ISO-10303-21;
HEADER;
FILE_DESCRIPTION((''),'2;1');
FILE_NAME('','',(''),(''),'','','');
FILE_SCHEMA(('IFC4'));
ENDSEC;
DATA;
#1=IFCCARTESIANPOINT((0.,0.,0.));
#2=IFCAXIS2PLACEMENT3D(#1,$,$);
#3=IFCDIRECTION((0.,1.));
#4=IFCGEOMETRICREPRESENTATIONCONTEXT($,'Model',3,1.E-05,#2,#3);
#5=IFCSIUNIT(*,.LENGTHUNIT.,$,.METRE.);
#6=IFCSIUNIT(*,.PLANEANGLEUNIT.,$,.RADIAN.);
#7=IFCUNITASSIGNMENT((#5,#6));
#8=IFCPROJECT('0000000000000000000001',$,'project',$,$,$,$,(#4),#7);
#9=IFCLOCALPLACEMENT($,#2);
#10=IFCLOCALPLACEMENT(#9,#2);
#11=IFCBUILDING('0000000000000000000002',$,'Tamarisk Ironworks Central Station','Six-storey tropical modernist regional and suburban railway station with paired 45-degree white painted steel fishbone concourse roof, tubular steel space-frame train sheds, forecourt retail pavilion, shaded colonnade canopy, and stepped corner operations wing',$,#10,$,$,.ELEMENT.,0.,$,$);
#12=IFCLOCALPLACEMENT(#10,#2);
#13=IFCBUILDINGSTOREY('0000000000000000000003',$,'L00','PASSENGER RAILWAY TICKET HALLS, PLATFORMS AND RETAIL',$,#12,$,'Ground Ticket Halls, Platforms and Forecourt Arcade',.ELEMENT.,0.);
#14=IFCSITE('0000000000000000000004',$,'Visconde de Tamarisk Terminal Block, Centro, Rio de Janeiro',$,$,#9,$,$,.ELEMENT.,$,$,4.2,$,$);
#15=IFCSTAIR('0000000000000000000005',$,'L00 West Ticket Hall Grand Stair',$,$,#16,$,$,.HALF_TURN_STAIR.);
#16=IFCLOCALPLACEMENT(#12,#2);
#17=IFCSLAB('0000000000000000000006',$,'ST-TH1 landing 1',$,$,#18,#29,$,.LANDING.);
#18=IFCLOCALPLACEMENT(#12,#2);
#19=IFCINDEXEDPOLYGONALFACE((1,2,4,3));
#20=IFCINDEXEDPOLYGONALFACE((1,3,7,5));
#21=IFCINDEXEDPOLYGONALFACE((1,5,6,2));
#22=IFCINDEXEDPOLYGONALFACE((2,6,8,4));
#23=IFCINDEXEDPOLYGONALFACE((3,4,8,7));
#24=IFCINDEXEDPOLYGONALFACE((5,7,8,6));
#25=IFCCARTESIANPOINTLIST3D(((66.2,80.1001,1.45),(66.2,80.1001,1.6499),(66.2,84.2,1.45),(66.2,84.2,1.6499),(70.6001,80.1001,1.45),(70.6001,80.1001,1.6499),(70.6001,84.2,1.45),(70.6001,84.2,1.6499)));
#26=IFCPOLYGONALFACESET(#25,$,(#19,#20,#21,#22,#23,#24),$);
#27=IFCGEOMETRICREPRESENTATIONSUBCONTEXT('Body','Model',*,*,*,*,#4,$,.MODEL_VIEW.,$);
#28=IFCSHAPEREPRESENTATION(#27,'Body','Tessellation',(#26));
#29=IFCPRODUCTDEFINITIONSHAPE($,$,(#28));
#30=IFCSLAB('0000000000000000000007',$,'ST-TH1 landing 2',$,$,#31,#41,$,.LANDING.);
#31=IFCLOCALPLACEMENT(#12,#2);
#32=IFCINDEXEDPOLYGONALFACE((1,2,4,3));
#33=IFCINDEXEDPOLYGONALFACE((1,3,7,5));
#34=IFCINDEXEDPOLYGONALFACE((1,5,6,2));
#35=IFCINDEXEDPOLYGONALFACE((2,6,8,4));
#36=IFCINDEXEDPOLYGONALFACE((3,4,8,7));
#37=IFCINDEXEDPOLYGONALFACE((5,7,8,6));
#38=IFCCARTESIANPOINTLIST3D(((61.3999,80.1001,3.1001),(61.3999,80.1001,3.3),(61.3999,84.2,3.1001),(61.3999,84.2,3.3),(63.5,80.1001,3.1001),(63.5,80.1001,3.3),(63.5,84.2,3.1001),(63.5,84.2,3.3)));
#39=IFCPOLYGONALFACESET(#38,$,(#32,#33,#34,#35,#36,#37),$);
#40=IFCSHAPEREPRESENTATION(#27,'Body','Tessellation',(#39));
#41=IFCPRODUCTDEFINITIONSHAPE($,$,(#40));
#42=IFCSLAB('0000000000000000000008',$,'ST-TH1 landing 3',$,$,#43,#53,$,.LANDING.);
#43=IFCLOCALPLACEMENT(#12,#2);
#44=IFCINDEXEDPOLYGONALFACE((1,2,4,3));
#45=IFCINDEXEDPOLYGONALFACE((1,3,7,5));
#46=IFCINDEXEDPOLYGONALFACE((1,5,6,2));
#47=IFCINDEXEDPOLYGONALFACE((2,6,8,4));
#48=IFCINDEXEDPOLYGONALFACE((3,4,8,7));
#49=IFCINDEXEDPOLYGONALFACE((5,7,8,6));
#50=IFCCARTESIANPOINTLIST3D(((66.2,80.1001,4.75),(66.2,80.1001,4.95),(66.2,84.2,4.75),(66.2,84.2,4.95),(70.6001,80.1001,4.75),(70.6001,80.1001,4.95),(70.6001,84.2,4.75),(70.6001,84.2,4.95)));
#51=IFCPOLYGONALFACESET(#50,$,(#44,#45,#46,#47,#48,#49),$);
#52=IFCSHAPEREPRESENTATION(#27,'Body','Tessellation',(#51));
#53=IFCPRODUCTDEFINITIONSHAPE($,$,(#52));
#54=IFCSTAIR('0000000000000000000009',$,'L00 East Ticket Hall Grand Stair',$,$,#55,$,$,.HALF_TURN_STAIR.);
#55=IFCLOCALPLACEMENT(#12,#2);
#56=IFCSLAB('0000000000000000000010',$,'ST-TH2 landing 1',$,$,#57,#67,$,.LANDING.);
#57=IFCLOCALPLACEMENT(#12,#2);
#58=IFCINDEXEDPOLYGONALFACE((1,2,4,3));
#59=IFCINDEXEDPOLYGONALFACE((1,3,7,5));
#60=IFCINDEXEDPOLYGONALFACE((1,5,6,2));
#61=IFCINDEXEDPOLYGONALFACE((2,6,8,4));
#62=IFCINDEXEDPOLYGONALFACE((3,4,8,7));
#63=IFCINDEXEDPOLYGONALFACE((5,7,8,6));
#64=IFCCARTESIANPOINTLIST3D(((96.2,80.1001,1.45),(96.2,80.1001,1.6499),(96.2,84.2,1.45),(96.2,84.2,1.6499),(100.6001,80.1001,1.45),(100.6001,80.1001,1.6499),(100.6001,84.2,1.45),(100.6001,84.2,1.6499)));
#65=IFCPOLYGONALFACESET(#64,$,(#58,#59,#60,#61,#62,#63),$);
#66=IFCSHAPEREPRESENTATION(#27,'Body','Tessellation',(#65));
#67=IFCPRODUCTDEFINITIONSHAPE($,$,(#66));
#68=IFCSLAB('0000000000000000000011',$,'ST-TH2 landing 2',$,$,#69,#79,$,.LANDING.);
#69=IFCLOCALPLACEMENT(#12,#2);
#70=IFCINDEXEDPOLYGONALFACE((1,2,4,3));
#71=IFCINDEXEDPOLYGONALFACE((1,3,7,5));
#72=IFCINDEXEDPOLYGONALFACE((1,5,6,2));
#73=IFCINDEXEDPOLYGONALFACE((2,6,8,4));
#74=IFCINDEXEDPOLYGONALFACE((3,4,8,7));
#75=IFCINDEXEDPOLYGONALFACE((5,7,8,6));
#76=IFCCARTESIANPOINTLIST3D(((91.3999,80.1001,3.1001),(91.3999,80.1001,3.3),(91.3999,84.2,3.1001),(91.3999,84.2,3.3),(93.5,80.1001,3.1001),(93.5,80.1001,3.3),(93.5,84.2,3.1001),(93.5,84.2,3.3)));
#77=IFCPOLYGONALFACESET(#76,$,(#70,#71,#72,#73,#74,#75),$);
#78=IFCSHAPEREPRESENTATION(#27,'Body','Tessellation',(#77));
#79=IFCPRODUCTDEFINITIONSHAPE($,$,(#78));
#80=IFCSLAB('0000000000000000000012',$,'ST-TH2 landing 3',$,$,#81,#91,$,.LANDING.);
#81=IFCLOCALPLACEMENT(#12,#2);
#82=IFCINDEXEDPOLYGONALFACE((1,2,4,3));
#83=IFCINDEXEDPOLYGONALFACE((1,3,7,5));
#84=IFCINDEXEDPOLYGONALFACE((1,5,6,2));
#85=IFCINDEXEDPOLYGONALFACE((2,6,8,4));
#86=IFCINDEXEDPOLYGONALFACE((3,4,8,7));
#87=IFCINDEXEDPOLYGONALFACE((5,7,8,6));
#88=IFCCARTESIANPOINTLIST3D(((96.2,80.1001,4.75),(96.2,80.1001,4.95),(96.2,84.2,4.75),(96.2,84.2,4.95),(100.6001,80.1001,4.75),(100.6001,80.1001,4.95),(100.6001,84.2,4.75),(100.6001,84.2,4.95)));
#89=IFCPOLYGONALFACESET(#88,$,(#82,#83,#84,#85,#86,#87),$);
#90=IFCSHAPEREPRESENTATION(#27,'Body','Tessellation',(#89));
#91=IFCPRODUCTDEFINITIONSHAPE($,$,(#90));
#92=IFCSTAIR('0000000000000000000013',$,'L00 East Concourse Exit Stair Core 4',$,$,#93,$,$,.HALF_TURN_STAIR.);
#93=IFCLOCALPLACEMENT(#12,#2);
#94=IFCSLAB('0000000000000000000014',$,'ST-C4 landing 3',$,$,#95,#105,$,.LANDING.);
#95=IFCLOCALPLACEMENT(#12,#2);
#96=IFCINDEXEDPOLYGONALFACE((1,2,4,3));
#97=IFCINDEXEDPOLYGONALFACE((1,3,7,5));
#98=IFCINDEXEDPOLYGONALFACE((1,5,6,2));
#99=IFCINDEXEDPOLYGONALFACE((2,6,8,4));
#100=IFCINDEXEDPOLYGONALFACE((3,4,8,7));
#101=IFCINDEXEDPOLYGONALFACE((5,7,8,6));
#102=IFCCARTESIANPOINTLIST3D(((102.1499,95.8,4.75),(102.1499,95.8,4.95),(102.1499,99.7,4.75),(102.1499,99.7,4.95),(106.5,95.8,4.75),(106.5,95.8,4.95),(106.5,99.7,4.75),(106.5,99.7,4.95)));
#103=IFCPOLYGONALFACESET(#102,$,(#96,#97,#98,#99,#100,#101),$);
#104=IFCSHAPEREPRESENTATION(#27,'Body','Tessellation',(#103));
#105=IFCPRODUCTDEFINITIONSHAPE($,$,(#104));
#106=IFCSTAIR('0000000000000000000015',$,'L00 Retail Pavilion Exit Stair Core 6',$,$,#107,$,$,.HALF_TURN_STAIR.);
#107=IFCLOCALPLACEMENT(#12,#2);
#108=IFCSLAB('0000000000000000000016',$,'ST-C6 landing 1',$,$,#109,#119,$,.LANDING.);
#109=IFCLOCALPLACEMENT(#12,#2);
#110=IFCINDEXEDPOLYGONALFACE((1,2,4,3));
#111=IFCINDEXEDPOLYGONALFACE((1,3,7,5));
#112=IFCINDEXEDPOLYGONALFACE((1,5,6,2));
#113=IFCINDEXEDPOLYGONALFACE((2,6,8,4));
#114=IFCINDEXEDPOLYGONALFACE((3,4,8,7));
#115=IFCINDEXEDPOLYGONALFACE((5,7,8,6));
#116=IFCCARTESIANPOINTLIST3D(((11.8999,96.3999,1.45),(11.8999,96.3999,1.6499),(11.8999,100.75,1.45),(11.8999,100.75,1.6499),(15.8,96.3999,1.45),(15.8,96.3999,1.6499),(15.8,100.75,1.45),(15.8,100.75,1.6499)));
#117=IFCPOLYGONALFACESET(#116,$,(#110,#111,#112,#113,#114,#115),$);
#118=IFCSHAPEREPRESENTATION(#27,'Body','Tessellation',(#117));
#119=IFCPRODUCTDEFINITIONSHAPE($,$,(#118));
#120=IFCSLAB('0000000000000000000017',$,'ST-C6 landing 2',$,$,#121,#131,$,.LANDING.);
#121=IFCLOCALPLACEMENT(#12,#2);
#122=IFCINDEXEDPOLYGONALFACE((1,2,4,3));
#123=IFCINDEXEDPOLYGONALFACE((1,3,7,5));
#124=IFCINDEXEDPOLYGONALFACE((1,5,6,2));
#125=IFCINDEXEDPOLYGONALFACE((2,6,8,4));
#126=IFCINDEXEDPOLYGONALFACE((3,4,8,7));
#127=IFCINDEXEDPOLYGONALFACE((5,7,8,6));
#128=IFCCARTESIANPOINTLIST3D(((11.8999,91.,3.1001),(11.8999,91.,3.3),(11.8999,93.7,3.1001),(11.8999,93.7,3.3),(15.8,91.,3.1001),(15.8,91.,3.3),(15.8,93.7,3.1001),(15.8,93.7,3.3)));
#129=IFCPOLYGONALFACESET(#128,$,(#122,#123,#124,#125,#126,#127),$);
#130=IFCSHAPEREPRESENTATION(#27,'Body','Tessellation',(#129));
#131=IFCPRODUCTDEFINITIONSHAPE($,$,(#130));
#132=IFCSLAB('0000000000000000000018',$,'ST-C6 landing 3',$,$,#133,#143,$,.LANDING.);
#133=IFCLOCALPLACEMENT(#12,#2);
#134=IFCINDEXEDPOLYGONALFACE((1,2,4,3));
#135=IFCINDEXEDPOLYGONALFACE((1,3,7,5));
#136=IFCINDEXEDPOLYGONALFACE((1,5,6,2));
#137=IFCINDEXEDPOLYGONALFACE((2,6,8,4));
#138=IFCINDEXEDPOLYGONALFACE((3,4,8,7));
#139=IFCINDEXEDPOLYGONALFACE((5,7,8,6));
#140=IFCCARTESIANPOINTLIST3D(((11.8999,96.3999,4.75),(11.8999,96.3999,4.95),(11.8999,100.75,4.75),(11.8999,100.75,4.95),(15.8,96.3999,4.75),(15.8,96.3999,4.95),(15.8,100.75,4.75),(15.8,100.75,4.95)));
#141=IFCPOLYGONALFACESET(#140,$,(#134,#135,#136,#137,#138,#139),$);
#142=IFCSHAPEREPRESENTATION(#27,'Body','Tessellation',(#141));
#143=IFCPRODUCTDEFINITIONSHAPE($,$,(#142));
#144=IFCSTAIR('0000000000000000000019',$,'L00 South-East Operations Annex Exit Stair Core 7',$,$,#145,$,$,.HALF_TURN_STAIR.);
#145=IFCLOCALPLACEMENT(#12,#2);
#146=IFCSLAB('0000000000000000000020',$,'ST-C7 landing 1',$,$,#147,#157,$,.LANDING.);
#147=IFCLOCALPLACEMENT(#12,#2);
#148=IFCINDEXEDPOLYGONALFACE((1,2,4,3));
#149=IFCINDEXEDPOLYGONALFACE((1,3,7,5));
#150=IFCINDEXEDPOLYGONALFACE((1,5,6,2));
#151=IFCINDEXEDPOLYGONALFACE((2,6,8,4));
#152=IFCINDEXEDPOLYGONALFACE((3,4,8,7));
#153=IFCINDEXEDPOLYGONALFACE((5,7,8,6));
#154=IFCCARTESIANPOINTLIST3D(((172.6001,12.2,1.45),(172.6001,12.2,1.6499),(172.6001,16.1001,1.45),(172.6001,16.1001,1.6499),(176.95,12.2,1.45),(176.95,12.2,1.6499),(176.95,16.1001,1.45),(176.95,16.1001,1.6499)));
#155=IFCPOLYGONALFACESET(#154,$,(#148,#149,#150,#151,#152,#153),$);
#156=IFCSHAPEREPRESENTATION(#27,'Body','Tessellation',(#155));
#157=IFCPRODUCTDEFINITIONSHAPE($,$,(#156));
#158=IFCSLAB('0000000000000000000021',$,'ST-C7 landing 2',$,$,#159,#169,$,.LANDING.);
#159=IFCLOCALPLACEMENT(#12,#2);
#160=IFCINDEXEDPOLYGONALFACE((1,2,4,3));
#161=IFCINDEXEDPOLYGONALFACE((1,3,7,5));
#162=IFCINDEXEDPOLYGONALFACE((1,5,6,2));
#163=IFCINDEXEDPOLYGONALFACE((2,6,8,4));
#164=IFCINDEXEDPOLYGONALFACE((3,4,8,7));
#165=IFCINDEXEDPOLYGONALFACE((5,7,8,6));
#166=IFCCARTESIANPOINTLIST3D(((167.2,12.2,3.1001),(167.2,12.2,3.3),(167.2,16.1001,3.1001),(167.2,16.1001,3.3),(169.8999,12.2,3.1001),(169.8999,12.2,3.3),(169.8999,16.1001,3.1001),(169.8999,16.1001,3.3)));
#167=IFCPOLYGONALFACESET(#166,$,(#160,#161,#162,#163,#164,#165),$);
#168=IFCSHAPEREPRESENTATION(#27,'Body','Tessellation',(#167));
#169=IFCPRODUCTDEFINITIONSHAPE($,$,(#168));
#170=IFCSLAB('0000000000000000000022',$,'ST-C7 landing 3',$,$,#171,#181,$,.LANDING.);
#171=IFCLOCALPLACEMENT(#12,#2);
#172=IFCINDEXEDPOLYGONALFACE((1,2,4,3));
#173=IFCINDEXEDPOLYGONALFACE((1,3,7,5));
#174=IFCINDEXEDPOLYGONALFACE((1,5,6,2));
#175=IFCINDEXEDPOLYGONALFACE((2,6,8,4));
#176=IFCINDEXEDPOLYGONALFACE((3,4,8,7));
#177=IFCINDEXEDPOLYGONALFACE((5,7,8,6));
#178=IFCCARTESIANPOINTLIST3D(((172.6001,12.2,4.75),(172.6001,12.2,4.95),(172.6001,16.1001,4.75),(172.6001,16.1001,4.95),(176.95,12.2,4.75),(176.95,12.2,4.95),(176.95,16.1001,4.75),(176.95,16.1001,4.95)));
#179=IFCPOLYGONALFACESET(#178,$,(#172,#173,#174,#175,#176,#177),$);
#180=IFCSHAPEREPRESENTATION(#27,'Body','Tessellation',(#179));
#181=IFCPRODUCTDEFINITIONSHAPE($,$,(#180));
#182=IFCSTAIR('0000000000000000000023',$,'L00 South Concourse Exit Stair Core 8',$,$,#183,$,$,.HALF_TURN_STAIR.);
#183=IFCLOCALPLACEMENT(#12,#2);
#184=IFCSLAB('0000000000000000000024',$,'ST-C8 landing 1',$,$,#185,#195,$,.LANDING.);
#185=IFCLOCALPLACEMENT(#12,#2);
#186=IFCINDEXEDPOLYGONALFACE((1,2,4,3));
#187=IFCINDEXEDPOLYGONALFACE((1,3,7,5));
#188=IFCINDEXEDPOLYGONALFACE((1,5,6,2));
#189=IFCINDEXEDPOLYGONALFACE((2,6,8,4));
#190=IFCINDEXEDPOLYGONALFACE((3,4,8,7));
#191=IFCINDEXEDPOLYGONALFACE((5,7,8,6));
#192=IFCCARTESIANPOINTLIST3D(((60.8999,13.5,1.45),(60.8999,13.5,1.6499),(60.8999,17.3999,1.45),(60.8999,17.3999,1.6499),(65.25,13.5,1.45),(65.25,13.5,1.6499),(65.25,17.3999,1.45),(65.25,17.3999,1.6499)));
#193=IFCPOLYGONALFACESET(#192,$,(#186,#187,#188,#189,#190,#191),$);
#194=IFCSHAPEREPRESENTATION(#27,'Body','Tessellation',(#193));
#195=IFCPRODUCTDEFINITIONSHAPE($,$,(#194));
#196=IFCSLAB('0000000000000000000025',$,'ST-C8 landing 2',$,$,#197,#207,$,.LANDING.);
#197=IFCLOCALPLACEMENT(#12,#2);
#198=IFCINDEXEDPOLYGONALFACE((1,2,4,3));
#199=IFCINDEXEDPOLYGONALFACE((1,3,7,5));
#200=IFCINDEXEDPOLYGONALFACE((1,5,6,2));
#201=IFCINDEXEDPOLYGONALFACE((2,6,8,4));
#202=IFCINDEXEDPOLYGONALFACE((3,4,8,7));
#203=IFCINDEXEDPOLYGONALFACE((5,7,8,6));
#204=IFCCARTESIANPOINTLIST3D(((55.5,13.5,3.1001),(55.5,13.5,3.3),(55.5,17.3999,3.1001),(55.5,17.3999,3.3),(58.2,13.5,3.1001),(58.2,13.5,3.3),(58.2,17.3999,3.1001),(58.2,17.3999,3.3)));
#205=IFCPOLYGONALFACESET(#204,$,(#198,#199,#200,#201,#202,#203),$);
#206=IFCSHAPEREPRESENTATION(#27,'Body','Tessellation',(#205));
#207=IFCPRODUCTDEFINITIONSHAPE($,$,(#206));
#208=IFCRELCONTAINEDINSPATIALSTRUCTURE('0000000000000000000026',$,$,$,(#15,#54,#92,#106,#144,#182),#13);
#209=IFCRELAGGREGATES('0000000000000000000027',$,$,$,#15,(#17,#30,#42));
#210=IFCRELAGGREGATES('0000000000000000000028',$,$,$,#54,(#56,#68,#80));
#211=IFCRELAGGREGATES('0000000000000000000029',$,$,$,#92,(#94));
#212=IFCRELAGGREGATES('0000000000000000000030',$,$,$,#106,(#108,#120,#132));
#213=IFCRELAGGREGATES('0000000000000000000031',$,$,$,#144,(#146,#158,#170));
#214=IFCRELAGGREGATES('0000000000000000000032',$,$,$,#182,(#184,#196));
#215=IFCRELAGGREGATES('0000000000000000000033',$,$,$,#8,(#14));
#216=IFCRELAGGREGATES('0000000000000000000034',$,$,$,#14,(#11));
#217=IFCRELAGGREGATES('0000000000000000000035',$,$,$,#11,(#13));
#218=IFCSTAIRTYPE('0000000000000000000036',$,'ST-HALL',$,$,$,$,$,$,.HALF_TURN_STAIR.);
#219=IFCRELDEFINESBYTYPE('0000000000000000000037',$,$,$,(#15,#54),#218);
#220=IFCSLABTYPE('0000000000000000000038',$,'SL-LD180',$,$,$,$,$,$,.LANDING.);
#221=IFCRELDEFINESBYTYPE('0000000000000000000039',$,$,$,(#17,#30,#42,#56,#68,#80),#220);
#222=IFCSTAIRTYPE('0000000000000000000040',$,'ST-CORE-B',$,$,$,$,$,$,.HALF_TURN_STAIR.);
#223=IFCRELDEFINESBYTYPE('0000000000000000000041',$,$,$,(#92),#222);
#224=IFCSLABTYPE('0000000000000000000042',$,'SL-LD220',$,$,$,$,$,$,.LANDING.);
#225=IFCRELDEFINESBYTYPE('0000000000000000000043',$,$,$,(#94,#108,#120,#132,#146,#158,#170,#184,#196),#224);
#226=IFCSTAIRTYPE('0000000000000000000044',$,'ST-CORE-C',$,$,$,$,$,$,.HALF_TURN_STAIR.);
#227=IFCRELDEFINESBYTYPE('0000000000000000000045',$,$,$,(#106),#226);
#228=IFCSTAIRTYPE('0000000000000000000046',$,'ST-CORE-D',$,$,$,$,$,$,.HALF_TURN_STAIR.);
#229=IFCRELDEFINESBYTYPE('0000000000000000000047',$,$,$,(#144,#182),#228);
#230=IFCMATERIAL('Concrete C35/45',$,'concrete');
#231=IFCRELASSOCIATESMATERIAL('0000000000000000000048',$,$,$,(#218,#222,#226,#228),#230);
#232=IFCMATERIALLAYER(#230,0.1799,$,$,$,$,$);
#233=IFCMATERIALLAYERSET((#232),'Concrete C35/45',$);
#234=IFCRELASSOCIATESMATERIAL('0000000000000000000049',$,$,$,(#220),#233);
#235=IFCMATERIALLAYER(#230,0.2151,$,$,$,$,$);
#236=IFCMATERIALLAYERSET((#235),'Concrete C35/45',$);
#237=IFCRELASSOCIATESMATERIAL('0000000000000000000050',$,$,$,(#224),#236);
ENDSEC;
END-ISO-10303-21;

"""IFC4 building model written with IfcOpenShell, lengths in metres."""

from ifc_helpers import new_model, si_unit, direction, frame, origin, place, context, subcontext, project, spatial, polyline, outline, extrude, material, layer, layer_set, type_object, element, aggregate, save


model = new_model("IFC4")

# Units and contexts
model_context = context("Model", 3, precision=1e-05, world=origin(), true_north=direction((0.0, 1.0)))
body_context = subcontext(model_context, "Body", "Model", "MODEL_VIEW")
ifc_project = project(units=[si_unit("LENGTHUNIT", "METRE"), si_unit("PLANEANGLEUNIT", "RADIAN")], contexts=[model_context])

# Site, building, storey
site_placement = place(None, origin())
site = spatial("IfcSite", under=ifc_project, at=site_placement, Name="Visconde de Tamarisk Terminal Block, Centro, Rio de Janeiro", CompositionType="ELEMENT", RefElevation=4.2)
building_placement = place(site_placement, origin())
building = spatial("IfcBuilding", under=site, at=building_placement, Name="Tamarisk Ironworks Central Station", Description="Six-storey tropical modernist regional and suburban railway station with paired 45-degree white painted steel fishbone concourse roof, tubular steel space-frame train sheds, forecourt retail pavilion, shaded colonnade canopy, and stepped corner operations wing", CompositionType="ELEMENT", ElevationOfRefHeight=0.0)
storey_placement = place(building_placement, origin())
storey = spatial("IfcBuildingStorey", under=building, at=storey_placement, Name="L00", Description="PASSENGER RAILWAY TICKET HALLS, PLATFORMS AND RETAIL", LongName="Ground Ticket Halls, Platforms and Forecourt Arcade", CompositionType="ELEMENT", Elevation=0.0)

# Stairs, slabs
ifc_material = material(Name="Concrete C35/45", Category="concrete")
stair_type_1 = type_object("IfcStairType", Name="ST-HALL", PredefinedType="HALF_TURN_STAIR", material=ifc_material)
stair_1_placement = place(storey_placement, origin())
stair_1 = element("IfcStair", 1, at=stair_1_placement, inside=storey, type_object=stair_type_1, Name="L00 West Ticket Hall Grand Stair", PredefinedType="HALF_TURN_STAIR")
ifc_layer_1 = layer(ifc_material, 0.1799)
ifc_layer_set_1 = layer_set([ifc_layer_1], Name="Concrete C35/45")
slab_type_1 = type_object("IfcSlabType", Name="SL-LD180", PredefinedType="LANDING", material=ifc_layer_set_1)
slab_1_placement = place(storey_placement, frame((0.0, 0.0, 1.45)))
slab_1 = element("IfcSlab", 2, at=slab_1_placement, type_object=slab_type_1, Name="ST-TH1 landing 1", PredefinedType="LANDING", context=body_context, shape_type="SweptSolid", body=[
    extrude(outline(polyline([(66.2, 80.1001), (70.6001, 80.1001), (70.6001, 84.2), (66.2, 84.2), (66.2, 80.1001)])), origin(), (0.0, 0.0, 1.0), 0.2),
])
slab_2_placement = place(storey_placement, frame((0.0, 0.0, 3.1001)))
slab_2 = element("IfcSlab", 3, at=slab_2_placement, type_object=slab_type_1, Name="ST-TH1 landing 2", PredefinedType="LANDING", context=body_context, shape_type="SweptSolid", body=[
    extrude(outline(polyline([(61.3999, 80.1001), (63.5, 80.1001), (63.5, 84.2), (61.3999, 84.2), (61.3999, 80.1001)])), origin(), (0.0, 0.0, 1.0), 0.2),
])
slab_3_placement = place(storey_placement, frame((0.0, 0.0, 4.75)))
slab_3 = element("IfcSlab", 4, at=slab_3_placement, type_object=slab_type_1, Name="ST-TH1 landing 3", PredefinedType="LANDING", context=body_context, shape_type="SweptSolid", body=[
    extrude(outline(polyline([(66.2, 80.1001), (70.6001, 80.1001), (70.6001, 84.2), (66.2, 84.2), (66.2, 80.1001)])), origin(), (0.0, 0.0, 1.0), 0.2),
])
aggregate(stair_1, [slab_1, slab_2, slab_3])
stair_2_placement = place(storey_placement, origin())
stair_2 = element("IfcStair", 5, at=stair_2_placement, inside=storey, type_object=stair_type_1, Name="L00 East Ticket Hall Grand Stair", PredefinedType="HALF_TURN_STAIR")
slab_4_placement = place(storey_placement, frame((0.0, 0.0, 1.45)))
slab_4 = element("IfcSlab", 6, at=slab_4_placement, type_object=slab_type_1, Name="ST-TH2 landing 1", PredefinedType="LANDING", context=body_context, shape_type="SweptSolid", body=[
    extrude(outline(polyline([(96.2, 80.1001), (100.6001, 80.1001), (100.6001, 84.2), (96.2, 84.2), (96.2, 80.1001)])), origin(), (0.0, 0.0, 1.0), 0.2),
])
slab_5_placement = place(storey_placement, frame((0.0, 0.0, 3.1001)))
slab_5 = element("IfcSlab", 7, at=slab_5_placement, type_object=slab_type_1, Name="ST-TH2 landing 2", PredefinedType="LANDING", context=body_context, shape_type="SweptSolid", body=[
    extrude(outline(polyline([(91.3999, 80.1001), (93.5, 80.1001), (93.5, 84.2), (91.3999, 84.2), (91.3999, 80.1001)])), origin(), (0.0, 0.0, 1.0), 0.2),
])
slab_6_placement = place(storey_placement, frame((0.0, 0.0, 4.75)))
slab_6 = element("IfcSlab", 8, at=slab_6_placement, type_object=slab_type_1, Name="ST-TH2 landing 3", PredefinedType="LANDING", context=body_context, shape_type="SweptSolid", body=[
    extrude(outline(polyline([(96.2, 80.1001), (100.6001, 80.1001), (100.6001, 84.2), (96.2, 84.2), (96.2, 80.1001)])), origin(), (0.0, 0.0, 1.0), 0.2),
])
aggregate(stair_2, [slab_4, slab_5, slab_6])

# Stair, slab
stair_type_2 = type_object("IfcStairType", Name="ST-CORE-B", PredefinedType="HALF_TURN_STAIR", material=ifc_material)
stair_3_placement = place(storey_placement, origin())
stair_3 = element("IfcStair", 9, at=stair_3_placement, inside=storey, type_object=stair_type_2, Name="L00 East Concourse Exit Stair Core 4", PredefinedType="HALF_TURN_STAIR")
ifc_layer_2 = layer(ifc_material, 0.2151)
ifc_layer_set_2 = layer_set([ifc_layer_2], Name="Concrete C35/45")
slab_type_2 = type_object("IfcSlabType", Name="SL-LD220", PredefinedType="LANDING", material=ifc_layer_set_2)
slab_7_placement = place(storey_placement, frame((0.0, 0.0, 4.75)))
slab_7 = element("IfcSlab", 10, at=slab_7_placement, type_object=slab_type_2, Name="ST-C4 landing 3", PredefinedType="LANDING", context=body_context, shape_type="SweptSolid", body=[
    extrude(outline(polyline([(102.1499, 95.8), (106.5, 95.8), (106.5, 99.7), (102.1499, 99.7), (102.1499, 95.8)])), origin(), (0.0, 0.0, 1.0), 0.2),
])
aggregate(stair_3, [slab_7])

# Stairs, slabs
stair_type_3 = type_object("IfcStairType", Name="ST-CORE-C", PredefinedType="HALF_TURN_STAIR", material=ifc_material)
stair_4_placement = place(storey_placement, origin())
stair_4 = element("IfcStair", 11, at=stair_4_placement, inside=storey, type_object=stair_type_3, Name="L00 Retail Pavilion Exit Stair Core 6", PredefinedType="HALF_TURN_STAIR")
slab_8_placement = place(storey_placement, frame((0.0, 0.0, 1.45)))
slab_8 = element("IfcSlab", 12, at=slab_8_placement, type_object=slab_type_2, Name="ST-C6 landing 1", PredefinedType="LANDING", context=body_context, shape_type="SweptSolid", body=[
    extrude(outline(polyline([(15.8, 96.3999), (15.8, 100.75), (11.8999, 100.75), (11.8999, 96.3999), (15.8, 96.3999)])), origin(), (0.0, 0.0, 1.0), 0.2),
])
slab_9_placement = place(storey_placement, frame((0.0, 0.0, 3.1001)))
slab_9 = element("IfcSlab", 13, at=slab_9_placement, type_object=slab_type_2, Name="ST-C6 landing 2", PredefinedType="LANDING", context=body_context, shape_type="SweptSolid", body=[
    extrude(outline(polyline([(15.8, 91.0), (15.8, 93.7), (11.8999, 93.7), (11.8999, 91.0), (15.8, 91.0)])), origin(), (0.0, 0.0, 1.0), 0.2),
])
slab_10_placement = place(storey_placement, frame((0.0, 0.0, 4.75)))
slab_10 = element("IfcSlab", 14, at=slab_10_placement, type_object=slab_type_2, Name="ST-C6 landing 3", PredefinedType="LANDING", context=body_context, shape_type="SweptSolid", body=[
    extrude(outline(polyline([(15.8, 96.3999), (15.8, 100.75), (11.8999, 100.75), (11.8999, 96.3999), (15.8, 96.3999)])), origin(), (0.0, 0.0, 1.0), 0.2),
])
aggregate(stair_4, [slab_8, slab_9, slab_10])
stair_type_4 = type_object("IfcStairType", Name="ST-CORE-D", PredefinedType="HALF_TURN_STAIR", material=ifc_material)
stair_5_placement = place(storey_placement, origin())
stair_5 = element("IfcStair", 15, at=stair_5_placement, inside=storey, type_object=stair_type_4, Name="L00 South-East Operations Annex Exit Stair Core 7", PredefinedType="HALF_TURN_STAIR")
slab_11_placement = place(storey_placement, frame((0.0, 0.0, 1.45)))
slab_11 = element("IfcSlab", 16, at=slab_11_placement, type_object=slab_type_2, Name="ST-C7 landing 1", PredefinedType="LANDING", context=body_context, shape_type="SweptSolid", body=[
    extrude(outline(polyline([(172.6001, 12.2), (176.95, 12.2), (176.95, 16.1001), (172.6001, 16.1001), (172.6001, 12.2)])), origin(), (0.0, 0.0, 1.0), 0.2),
])
slab_12_placement = place(storey_placement, frame((0.0, 0.0, 3.1001)))
slab_12 = element("IfcSlab", 17, at=slab_12_placement, type_object=slab_type_2, Name="ST-C7 landing 2", PredefinedType="LANDING", context=body_context, shape_type="SweptSolid", body=[
    extrude(outline(polyline([(167.2, 12.2), (169.8999, 12.2), (169.8999, 16.1001), (167.2, 16.1001), (167.2, 12.2)])), origin(), (0.0, 0.0, 1.0), 0.2),
])
slab_13_placement = place(storey_placement, frame((0.0, 0.0, 4.75)))
slab_13 = element("IfcSlab", 18, at=slab_13_placement, type_object=slab_type_2, Name="ST-C7 landing 3", PredefinedType="LANDING", context=body_context, shape_type="SweptSolid", body=[
    extrude(outline(polyline([(172.6001, 12.2), (176.95, 12.2), (176.95, 16.1001), (172.6001, 16.1001), (172.6001, 12.2)])), origin(), (0.0, 0.0, 1.0), 0.2),
])
aggregate(stair_5, [slab_11, slab_12, slab_13])
stair_6_placement = place(storey_placement, origin())
stair_6 = element("IfcStair", 19, at=stair_6_placement, inside=storey, type_object=stair_type_4, Name="L00 South Concourse Exit Stair Core 8", PredefinedType="HALF_TURN_STAIR")
slab_14_placement = place(storey_placement, frame((0.0, 0.0, 1.45)))
slab_14 = element("IfcSlab", 20, at=slab_14_placement, type_object=slab_type_2, Name="ST-C8 landing 1", PredefinedType="LANDING", context=body_context, shape_type="SweptSolid", body=[
    extrude(outline(polyline([(60.8999, 13.5), (65.25, 13.5), (65.25, 17.3999), (60.8999, 17.3999), (60.8999, 13.5)])), origin(), (0.0, 0.0, 1.0), 0.2),
])
slab_15_placement = place(storey_placement, frame((0.0, 0.0, 3.1001)))
slab_15 = element("IfcSlab", 21, at=slab_15_placement, type_object=slab_type_2, Name="ST-C8 landing 2", PredefinedType="LANDING", context=body_context, shape_type="SweptSolid", body=[
    extrude(outline(polyline([(55.5, 13.5), (58.2, 13.5), (58.2, 17.3999), (55.5, 17.3999), (55.5, 13.5)])), origin(), (0.0, 0.0, 1.0), 0.2),
])
aggregate(stair_6, [slab_14, slab_15])

save(model, "model.ifc")
